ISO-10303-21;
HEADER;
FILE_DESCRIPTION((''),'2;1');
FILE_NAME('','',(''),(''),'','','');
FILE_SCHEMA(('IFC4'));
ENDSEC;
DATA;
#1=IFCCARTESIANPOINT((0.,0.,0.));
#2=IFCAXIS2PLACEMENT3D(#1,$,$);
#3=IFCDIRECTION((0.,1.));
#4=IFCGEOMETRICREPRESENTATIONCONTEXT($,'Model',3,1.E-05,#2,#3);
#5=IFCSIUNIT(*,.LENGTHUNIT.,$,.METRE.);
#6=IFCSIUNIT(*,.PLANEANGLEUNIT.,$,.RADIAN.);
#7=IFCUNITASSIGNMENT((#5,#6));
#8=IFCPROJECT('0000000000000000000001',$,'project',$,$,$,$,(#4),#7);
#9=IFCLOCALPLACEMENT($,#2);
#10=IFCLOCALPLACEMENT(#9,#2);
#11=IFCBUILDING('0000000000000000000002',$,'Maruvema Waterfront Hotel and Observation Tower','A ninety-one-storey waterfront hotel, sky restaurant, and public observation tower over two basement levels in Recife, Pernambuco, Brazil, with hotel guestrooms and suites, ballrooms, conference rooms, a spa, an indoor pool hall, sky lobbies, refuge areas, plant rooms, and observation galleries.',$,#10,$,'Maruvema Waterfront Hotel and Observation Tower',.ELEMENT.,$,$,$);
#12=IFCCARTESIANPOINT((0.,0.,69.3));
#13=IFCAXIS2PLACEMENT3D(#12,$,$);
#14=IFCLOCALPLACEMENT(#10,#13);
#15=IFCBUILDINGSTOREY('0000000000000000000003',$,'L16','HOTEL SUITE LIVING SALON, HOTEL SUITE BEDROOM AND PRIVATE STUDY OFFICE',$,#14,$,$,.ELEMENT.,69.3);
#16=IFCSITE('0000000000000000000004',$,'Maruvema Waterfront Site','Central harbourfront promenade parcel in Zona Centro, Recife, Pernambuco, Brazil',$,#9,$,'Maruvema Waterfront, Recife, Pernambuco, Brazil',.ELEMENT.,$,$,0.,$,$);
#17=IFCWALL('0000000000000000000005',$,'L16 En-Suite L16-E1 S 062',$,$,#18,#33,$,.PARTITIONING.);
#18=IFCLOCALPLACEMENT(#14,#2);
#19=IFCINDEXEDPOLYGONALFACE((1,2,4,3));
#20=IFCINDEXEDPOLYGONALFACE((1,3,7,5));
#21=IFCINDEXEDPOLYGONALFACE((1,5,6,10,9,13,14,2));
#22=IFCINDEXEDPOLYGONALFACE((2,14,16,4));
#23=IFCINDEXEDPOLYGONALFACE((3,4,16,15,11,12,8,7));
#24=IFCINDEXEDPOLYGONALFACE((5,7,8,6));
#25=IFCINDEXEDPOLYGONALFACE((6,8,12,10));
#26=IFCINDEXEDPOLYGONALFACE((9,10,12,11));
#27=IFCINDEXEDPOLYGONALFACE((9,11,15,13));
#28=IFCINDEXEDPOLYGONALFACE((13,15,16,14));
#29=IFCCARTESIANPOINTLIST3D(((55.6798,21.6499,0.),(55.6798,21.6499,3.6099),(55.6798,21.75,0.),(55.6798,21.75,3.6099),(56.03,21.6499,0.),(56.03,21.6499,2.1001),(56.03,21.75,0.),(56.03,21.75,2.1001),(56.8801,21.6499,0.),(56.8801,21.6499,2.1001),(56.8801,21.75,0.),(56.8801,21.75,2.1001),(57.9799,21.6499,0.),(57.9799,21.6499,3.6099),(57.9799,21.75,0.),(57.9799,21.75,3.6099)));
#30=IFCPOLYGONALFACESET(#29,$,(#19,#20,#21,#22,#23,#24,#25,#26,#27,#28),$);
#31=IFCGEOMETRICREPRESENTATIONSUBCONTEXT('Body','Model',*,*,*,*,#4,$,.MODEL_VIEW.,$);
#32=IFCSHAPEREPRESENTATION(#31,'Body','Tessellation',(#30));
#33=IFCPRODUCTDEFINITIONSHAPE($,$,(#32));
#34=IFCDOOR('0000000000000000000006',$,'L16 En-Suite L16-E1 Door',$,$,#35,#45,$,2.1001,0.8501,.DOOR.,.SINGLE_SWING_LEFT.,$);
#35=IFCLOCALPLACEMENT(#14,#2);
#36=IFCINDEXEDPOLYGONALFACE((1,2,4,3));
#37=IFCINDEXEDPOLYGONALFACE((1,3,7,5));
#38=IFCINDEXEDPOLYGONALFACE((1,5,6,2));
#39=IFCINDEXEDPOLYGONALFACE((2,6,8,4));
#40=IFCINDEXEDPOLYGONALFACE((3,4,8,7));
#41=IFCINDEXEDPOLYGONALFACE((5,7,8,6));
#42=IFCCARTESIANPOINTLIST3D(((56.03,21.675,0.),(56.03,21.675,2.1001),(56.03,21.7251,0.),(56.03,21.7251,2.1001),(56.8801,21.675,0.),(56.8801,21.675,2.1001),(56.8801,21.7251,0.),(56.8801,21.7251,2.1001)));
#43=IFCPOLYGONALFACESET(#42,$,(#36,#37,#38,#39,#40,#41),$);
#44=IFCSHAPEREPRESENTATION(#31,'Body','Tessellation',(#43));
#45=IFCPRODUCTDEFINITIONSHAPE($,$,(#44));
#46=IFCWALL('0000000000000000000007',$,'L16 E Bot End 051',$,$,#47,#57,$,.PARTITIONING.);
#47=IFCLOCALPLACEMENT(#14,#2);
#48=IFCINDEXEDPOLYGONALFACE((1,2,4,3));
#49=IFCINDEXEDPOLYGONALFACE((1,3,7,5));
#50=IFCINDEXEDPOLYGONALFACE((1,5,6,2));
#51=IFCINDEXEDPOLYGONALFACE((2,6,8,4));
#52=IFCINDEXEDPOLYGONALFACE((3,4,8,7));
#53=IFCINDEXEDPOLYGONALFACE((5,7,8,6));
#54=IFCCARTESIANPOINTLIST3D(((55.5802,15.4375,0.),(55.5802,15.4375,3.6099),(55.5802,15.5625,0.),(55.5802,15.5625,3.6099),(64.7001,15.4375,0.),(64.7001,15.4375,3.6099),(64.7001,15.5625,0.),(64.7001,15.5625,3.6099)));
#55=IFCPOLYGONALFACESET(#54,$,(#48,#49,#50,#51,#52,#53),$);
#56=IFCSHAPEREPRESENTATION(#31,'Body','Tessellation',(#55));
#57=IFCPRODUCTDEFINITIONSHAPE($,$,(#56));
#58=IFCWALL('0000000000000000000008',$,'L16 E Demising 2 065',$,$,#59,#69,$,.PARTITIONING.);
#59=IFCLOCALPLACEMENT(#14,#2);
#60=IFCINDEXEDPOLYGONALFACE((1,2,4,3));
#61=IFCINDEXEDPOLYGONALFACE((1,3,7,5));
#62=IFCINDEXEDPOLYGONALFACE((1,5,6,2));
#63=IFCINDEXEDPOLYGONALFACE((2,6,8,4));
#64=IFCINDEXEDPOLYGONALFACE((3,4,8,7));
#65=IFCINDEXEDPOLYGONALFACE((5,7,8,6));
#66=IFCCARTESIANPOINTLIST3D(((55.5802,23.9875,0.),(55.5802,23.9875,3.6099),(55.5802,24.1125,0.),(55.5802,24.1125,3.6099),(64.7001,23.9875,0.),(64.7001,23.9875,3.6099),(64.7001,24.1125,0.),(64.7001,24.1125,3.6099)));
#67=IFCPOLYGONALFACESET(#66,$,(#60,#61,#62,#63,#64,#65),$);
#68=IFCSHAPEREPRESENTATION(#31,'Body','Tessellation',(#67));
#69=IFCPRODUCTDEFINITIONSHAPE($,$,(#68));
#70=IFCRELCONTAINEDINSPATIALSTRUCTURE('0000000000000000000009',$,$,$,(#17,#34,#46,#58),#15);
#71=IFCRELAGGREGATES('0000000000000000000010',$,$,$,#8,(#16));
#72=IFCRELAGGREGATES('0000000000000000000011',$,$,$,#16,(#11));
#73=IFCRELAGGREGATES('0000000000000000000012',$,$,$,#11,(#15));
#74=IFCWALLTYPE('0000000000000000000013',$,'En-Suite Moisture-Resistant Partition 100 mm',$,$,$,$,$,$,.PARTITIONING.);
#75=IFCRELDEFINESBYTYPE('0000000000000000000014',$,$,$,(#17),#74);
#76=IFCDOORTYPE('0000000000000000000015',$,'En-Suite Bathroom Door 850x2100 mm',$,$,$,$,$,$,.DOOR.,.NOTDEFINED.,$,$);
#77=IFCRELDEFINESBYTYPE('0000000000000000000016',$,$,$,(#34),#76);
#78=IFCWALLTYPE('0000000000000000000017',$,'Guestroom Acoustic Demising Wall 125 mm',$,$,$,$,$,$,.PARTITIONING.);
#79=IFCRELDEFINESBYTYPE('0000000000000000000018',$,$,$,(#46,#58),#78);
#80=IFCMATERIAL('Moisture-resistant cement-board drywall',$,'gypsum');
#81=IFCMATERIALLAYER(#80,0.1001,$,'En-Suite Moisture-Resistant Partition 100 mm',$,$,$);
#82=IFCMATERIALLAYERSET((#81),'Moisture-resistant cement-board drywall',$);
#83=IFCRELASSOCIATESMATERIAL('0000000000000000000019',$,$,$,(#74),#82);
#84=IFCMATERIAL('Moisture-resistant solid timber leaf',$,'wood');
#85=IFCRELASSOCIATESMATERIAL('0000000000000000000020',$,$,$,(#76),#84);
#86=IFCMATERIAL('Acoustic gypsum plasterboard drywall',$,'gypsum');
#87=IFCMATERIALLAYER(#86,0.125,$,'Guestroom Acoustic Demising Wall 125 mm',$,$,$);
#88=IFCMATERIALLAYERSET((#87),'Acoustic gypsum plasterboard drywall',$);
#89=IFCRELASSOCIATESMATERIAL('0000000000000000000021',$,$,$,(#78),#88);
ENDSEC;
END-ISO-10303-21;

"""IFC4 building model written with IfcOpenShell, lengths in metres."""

from ifc_helpers import new_model, si_unit, direction, frame, frame_2d, origin, place, context, subcontext, project, spatial, rectangle, extrude, material, layer, layer_set, type_object, element, fill, save


model = new_model("IFC4")

# Units and contexts
model_context = context("Model", 3, precision=1e-05, world=origin(), true_north=direction((0.0, 1.0)))
body_context = subcontext(model_context, "Body", "Model", "MODEL_VIEW")
ifc_project = project(units=[si_unit("LENGTHUNIT", "METRE"), si_unit("PLANEANGLEUNIT", "RADIAN")], contexts=[model_context])

# Site, building, storey
site_placement = place(None, origin())
site = spatial("IfcSite", under=ifc_project, at=site_placement, Name="Maruvema Waterfront Site", Description="Central harbourfront promenade parcel in Zona Centro, Recife, Pernambuco, Brazil", LongName="Maruvema Waterfront, Recife, Pernambuco, Brazil", CompositionType="ELEMENT", RefElevation=0.0)
building_placement = place(site_placement, origin())
building = spatial("IfcBuilding", under=site, at=building_placement, Name="Maruvema Waterfront Hotel and Observation Tower", Description="A ninety-one-storey waterfront hotel, sky restaurant, and public observation tower over two basement levels in Recife, Pernambuco, Brazil, with hotel guestrooms and suites, ballrooms, conference rooms, a spa, an indoor pool hall, sky lobbies, refuge areas, plant rooms, and observation galleries.", LongName="Maruvema Waterfront Hotel and Observation Tower", CompositionType="ELEMENT")
storey_placement = place(building_placement, frame((0.0, 0.0, 69.3)))
storey = spatial("IfcBuildingStorey", under=building, at=storey_placement, Name="L16", Description="HOTEL SUITE LIVING SALON, HOTEL SUITE BEDROOM AND PRIVATE STUDY OFFICE", CompositionType="ELEMENT", Elevation=69.3)

# Shared definitions
ifc_material_1 = material(Name="Moisture-resistant cement-board drywall", Category="gypsum")
ifc_layer_1 = layer(ifc_material_1, 0.1001, Name="En-Suite Moisture-Resistant Partition 100 mm")
ifc_layer_set_1 = layer_set([ifc_layer_1], Name="Moisture-resistant cement-board drywall")
wall_type_1 = type_object("IfcWallType", Name="En-Suite Moisture-Resistant Partition 100 mm", PredefinedType="PARTITIONING", material=ifc_layer_set_1)

# Wall, opening, door
wall_1_placement = place(storey_placement, frame((55.6799, 21.7, 0.0), z_axis=(0.0, 0.0, 1.0), x_axis=(1.0, 0.0, 0.0)))
wall_1 = element("IfcWall", 1, at=wall_1_placement, inside=storey, type_object=wall_type_1, Name="L16 En-Suite L16-E1 S 062", PredefinedType="PARTITIONING", context=body_context, shape_type="SweptSolid", body=[
    extrude(rectangle(XDim=2.3, YDim=0.1001, at=frame_2d((1.1499, 0.0))), origin(), (0.0, 0.0, 1.0), 3.6099),
])
opening_1_placement = place(wall_1_placement, frame((0.3501, 0.0, 0.0)))
opening_1 = element("IfcOpeningElement", 2, at=opening_1_placement, cuts=wall_1, PredefinedType="OPENING", context=body_context, shape_type="SweptSolid", body=[
    extrude(rectangle(XDim=0.8501, YDim=2.1001, at=frame_2d((0.425, 1.05))), frame((0.0, 0.0601, 0.0), z_axis=(0.0, -1.0, 0.0), x_axis=(1.0, 0.0, 0.0)), (0.0, 0.0, 1.0), 0.1201),
])
ifc_material_2 = material(Name="Moisture-resistant solid timber leaf", Category="wood")
door_type_1 = type_object("IfcDoorType", Name="En-Suite Bathroom Door 850x2100 mm", OperationType="NOTDEFINED", PredefinedType="DOOR", material=ifc_material_2)
door_1_placement = place(opening_1_placement, frame((0.8501, 0.0, 0.0), z_axis=(0.0, 0.0, 1.0), x_axis=(-1.0, 0.0, 0.0)))
door_1 = element("IfcDoor", 3, at=door_1_placement, inside=storey, type_object=door_type_1, Name="L16 En-Suite L16-E1 Door", OperationType="SINGLE_SWING_LEFT", OverallHeight=2.1001, OverallWidth=0.8501, PredefinedType="DOOR", context=body_context, shape_type="SweptSolid", body=[
    extrude(rectangle(XDim=0.8501, YDim=2.1001, at=frame_2d((0.425, 1.05))), frame((0.0, 0.0249, 0.0), z_axis=(0.0, -1.0, 0.0), x_axis=(1.0, 0.0, 0.0)), (0.0, 0.0, 1.0), 0.05),
])
fill(opening_1, door_1)

# Walls
ifc_material_3 = material(Name="Acoustic gypsum plasterboard drywall", Category="gypsum")
ifc_layer_2 = layer(ifc_material_3, 0.125, Name="Guestroom Acoustic Demising Wall 125 mm")
ifc_layer_set_2 = layer_set([ifc_layer_2], Name="Acoustic gypsum plasterboard drywall")
wall_type_2 = type_object("IfcWallType", Name="Guestroom Acoustic Demising Wall 125 mm", PredefinedType="PARTITIONING", material=ifc_layer_set_2)
for number, where, z_axis, x_axis, name in (
    (4, (55.5801, 15.5, 0.0), (0.0, 0.0, 1.0), (1.0, 0.0, 0.0), "L16 E Bot End 051"),
    (5, (55.5801, 24.05, 0.0), (0.0, 0.0, 1.0), (1.0, 0.0, 0.0), "L16 E Demising 2 065"),
):
    element("IfcWall", number, at=place(storey_placement, frame(where, z_axis=z_axis, x_axis=x_axis)), inside=storey, type_object=wall_type_2, Name=name, PredefinedType="PARTITIONING", context=body_context, shape_type="SweptSolid", body=[
        extrude(rectangle(XDim=9.1199, YDim=0.125, at=frame_2d((4.5601, 0.0))), origin(), (0.0, 0.0, 1.0), 3.6099),
    ])

save(model, "model.ifc")
